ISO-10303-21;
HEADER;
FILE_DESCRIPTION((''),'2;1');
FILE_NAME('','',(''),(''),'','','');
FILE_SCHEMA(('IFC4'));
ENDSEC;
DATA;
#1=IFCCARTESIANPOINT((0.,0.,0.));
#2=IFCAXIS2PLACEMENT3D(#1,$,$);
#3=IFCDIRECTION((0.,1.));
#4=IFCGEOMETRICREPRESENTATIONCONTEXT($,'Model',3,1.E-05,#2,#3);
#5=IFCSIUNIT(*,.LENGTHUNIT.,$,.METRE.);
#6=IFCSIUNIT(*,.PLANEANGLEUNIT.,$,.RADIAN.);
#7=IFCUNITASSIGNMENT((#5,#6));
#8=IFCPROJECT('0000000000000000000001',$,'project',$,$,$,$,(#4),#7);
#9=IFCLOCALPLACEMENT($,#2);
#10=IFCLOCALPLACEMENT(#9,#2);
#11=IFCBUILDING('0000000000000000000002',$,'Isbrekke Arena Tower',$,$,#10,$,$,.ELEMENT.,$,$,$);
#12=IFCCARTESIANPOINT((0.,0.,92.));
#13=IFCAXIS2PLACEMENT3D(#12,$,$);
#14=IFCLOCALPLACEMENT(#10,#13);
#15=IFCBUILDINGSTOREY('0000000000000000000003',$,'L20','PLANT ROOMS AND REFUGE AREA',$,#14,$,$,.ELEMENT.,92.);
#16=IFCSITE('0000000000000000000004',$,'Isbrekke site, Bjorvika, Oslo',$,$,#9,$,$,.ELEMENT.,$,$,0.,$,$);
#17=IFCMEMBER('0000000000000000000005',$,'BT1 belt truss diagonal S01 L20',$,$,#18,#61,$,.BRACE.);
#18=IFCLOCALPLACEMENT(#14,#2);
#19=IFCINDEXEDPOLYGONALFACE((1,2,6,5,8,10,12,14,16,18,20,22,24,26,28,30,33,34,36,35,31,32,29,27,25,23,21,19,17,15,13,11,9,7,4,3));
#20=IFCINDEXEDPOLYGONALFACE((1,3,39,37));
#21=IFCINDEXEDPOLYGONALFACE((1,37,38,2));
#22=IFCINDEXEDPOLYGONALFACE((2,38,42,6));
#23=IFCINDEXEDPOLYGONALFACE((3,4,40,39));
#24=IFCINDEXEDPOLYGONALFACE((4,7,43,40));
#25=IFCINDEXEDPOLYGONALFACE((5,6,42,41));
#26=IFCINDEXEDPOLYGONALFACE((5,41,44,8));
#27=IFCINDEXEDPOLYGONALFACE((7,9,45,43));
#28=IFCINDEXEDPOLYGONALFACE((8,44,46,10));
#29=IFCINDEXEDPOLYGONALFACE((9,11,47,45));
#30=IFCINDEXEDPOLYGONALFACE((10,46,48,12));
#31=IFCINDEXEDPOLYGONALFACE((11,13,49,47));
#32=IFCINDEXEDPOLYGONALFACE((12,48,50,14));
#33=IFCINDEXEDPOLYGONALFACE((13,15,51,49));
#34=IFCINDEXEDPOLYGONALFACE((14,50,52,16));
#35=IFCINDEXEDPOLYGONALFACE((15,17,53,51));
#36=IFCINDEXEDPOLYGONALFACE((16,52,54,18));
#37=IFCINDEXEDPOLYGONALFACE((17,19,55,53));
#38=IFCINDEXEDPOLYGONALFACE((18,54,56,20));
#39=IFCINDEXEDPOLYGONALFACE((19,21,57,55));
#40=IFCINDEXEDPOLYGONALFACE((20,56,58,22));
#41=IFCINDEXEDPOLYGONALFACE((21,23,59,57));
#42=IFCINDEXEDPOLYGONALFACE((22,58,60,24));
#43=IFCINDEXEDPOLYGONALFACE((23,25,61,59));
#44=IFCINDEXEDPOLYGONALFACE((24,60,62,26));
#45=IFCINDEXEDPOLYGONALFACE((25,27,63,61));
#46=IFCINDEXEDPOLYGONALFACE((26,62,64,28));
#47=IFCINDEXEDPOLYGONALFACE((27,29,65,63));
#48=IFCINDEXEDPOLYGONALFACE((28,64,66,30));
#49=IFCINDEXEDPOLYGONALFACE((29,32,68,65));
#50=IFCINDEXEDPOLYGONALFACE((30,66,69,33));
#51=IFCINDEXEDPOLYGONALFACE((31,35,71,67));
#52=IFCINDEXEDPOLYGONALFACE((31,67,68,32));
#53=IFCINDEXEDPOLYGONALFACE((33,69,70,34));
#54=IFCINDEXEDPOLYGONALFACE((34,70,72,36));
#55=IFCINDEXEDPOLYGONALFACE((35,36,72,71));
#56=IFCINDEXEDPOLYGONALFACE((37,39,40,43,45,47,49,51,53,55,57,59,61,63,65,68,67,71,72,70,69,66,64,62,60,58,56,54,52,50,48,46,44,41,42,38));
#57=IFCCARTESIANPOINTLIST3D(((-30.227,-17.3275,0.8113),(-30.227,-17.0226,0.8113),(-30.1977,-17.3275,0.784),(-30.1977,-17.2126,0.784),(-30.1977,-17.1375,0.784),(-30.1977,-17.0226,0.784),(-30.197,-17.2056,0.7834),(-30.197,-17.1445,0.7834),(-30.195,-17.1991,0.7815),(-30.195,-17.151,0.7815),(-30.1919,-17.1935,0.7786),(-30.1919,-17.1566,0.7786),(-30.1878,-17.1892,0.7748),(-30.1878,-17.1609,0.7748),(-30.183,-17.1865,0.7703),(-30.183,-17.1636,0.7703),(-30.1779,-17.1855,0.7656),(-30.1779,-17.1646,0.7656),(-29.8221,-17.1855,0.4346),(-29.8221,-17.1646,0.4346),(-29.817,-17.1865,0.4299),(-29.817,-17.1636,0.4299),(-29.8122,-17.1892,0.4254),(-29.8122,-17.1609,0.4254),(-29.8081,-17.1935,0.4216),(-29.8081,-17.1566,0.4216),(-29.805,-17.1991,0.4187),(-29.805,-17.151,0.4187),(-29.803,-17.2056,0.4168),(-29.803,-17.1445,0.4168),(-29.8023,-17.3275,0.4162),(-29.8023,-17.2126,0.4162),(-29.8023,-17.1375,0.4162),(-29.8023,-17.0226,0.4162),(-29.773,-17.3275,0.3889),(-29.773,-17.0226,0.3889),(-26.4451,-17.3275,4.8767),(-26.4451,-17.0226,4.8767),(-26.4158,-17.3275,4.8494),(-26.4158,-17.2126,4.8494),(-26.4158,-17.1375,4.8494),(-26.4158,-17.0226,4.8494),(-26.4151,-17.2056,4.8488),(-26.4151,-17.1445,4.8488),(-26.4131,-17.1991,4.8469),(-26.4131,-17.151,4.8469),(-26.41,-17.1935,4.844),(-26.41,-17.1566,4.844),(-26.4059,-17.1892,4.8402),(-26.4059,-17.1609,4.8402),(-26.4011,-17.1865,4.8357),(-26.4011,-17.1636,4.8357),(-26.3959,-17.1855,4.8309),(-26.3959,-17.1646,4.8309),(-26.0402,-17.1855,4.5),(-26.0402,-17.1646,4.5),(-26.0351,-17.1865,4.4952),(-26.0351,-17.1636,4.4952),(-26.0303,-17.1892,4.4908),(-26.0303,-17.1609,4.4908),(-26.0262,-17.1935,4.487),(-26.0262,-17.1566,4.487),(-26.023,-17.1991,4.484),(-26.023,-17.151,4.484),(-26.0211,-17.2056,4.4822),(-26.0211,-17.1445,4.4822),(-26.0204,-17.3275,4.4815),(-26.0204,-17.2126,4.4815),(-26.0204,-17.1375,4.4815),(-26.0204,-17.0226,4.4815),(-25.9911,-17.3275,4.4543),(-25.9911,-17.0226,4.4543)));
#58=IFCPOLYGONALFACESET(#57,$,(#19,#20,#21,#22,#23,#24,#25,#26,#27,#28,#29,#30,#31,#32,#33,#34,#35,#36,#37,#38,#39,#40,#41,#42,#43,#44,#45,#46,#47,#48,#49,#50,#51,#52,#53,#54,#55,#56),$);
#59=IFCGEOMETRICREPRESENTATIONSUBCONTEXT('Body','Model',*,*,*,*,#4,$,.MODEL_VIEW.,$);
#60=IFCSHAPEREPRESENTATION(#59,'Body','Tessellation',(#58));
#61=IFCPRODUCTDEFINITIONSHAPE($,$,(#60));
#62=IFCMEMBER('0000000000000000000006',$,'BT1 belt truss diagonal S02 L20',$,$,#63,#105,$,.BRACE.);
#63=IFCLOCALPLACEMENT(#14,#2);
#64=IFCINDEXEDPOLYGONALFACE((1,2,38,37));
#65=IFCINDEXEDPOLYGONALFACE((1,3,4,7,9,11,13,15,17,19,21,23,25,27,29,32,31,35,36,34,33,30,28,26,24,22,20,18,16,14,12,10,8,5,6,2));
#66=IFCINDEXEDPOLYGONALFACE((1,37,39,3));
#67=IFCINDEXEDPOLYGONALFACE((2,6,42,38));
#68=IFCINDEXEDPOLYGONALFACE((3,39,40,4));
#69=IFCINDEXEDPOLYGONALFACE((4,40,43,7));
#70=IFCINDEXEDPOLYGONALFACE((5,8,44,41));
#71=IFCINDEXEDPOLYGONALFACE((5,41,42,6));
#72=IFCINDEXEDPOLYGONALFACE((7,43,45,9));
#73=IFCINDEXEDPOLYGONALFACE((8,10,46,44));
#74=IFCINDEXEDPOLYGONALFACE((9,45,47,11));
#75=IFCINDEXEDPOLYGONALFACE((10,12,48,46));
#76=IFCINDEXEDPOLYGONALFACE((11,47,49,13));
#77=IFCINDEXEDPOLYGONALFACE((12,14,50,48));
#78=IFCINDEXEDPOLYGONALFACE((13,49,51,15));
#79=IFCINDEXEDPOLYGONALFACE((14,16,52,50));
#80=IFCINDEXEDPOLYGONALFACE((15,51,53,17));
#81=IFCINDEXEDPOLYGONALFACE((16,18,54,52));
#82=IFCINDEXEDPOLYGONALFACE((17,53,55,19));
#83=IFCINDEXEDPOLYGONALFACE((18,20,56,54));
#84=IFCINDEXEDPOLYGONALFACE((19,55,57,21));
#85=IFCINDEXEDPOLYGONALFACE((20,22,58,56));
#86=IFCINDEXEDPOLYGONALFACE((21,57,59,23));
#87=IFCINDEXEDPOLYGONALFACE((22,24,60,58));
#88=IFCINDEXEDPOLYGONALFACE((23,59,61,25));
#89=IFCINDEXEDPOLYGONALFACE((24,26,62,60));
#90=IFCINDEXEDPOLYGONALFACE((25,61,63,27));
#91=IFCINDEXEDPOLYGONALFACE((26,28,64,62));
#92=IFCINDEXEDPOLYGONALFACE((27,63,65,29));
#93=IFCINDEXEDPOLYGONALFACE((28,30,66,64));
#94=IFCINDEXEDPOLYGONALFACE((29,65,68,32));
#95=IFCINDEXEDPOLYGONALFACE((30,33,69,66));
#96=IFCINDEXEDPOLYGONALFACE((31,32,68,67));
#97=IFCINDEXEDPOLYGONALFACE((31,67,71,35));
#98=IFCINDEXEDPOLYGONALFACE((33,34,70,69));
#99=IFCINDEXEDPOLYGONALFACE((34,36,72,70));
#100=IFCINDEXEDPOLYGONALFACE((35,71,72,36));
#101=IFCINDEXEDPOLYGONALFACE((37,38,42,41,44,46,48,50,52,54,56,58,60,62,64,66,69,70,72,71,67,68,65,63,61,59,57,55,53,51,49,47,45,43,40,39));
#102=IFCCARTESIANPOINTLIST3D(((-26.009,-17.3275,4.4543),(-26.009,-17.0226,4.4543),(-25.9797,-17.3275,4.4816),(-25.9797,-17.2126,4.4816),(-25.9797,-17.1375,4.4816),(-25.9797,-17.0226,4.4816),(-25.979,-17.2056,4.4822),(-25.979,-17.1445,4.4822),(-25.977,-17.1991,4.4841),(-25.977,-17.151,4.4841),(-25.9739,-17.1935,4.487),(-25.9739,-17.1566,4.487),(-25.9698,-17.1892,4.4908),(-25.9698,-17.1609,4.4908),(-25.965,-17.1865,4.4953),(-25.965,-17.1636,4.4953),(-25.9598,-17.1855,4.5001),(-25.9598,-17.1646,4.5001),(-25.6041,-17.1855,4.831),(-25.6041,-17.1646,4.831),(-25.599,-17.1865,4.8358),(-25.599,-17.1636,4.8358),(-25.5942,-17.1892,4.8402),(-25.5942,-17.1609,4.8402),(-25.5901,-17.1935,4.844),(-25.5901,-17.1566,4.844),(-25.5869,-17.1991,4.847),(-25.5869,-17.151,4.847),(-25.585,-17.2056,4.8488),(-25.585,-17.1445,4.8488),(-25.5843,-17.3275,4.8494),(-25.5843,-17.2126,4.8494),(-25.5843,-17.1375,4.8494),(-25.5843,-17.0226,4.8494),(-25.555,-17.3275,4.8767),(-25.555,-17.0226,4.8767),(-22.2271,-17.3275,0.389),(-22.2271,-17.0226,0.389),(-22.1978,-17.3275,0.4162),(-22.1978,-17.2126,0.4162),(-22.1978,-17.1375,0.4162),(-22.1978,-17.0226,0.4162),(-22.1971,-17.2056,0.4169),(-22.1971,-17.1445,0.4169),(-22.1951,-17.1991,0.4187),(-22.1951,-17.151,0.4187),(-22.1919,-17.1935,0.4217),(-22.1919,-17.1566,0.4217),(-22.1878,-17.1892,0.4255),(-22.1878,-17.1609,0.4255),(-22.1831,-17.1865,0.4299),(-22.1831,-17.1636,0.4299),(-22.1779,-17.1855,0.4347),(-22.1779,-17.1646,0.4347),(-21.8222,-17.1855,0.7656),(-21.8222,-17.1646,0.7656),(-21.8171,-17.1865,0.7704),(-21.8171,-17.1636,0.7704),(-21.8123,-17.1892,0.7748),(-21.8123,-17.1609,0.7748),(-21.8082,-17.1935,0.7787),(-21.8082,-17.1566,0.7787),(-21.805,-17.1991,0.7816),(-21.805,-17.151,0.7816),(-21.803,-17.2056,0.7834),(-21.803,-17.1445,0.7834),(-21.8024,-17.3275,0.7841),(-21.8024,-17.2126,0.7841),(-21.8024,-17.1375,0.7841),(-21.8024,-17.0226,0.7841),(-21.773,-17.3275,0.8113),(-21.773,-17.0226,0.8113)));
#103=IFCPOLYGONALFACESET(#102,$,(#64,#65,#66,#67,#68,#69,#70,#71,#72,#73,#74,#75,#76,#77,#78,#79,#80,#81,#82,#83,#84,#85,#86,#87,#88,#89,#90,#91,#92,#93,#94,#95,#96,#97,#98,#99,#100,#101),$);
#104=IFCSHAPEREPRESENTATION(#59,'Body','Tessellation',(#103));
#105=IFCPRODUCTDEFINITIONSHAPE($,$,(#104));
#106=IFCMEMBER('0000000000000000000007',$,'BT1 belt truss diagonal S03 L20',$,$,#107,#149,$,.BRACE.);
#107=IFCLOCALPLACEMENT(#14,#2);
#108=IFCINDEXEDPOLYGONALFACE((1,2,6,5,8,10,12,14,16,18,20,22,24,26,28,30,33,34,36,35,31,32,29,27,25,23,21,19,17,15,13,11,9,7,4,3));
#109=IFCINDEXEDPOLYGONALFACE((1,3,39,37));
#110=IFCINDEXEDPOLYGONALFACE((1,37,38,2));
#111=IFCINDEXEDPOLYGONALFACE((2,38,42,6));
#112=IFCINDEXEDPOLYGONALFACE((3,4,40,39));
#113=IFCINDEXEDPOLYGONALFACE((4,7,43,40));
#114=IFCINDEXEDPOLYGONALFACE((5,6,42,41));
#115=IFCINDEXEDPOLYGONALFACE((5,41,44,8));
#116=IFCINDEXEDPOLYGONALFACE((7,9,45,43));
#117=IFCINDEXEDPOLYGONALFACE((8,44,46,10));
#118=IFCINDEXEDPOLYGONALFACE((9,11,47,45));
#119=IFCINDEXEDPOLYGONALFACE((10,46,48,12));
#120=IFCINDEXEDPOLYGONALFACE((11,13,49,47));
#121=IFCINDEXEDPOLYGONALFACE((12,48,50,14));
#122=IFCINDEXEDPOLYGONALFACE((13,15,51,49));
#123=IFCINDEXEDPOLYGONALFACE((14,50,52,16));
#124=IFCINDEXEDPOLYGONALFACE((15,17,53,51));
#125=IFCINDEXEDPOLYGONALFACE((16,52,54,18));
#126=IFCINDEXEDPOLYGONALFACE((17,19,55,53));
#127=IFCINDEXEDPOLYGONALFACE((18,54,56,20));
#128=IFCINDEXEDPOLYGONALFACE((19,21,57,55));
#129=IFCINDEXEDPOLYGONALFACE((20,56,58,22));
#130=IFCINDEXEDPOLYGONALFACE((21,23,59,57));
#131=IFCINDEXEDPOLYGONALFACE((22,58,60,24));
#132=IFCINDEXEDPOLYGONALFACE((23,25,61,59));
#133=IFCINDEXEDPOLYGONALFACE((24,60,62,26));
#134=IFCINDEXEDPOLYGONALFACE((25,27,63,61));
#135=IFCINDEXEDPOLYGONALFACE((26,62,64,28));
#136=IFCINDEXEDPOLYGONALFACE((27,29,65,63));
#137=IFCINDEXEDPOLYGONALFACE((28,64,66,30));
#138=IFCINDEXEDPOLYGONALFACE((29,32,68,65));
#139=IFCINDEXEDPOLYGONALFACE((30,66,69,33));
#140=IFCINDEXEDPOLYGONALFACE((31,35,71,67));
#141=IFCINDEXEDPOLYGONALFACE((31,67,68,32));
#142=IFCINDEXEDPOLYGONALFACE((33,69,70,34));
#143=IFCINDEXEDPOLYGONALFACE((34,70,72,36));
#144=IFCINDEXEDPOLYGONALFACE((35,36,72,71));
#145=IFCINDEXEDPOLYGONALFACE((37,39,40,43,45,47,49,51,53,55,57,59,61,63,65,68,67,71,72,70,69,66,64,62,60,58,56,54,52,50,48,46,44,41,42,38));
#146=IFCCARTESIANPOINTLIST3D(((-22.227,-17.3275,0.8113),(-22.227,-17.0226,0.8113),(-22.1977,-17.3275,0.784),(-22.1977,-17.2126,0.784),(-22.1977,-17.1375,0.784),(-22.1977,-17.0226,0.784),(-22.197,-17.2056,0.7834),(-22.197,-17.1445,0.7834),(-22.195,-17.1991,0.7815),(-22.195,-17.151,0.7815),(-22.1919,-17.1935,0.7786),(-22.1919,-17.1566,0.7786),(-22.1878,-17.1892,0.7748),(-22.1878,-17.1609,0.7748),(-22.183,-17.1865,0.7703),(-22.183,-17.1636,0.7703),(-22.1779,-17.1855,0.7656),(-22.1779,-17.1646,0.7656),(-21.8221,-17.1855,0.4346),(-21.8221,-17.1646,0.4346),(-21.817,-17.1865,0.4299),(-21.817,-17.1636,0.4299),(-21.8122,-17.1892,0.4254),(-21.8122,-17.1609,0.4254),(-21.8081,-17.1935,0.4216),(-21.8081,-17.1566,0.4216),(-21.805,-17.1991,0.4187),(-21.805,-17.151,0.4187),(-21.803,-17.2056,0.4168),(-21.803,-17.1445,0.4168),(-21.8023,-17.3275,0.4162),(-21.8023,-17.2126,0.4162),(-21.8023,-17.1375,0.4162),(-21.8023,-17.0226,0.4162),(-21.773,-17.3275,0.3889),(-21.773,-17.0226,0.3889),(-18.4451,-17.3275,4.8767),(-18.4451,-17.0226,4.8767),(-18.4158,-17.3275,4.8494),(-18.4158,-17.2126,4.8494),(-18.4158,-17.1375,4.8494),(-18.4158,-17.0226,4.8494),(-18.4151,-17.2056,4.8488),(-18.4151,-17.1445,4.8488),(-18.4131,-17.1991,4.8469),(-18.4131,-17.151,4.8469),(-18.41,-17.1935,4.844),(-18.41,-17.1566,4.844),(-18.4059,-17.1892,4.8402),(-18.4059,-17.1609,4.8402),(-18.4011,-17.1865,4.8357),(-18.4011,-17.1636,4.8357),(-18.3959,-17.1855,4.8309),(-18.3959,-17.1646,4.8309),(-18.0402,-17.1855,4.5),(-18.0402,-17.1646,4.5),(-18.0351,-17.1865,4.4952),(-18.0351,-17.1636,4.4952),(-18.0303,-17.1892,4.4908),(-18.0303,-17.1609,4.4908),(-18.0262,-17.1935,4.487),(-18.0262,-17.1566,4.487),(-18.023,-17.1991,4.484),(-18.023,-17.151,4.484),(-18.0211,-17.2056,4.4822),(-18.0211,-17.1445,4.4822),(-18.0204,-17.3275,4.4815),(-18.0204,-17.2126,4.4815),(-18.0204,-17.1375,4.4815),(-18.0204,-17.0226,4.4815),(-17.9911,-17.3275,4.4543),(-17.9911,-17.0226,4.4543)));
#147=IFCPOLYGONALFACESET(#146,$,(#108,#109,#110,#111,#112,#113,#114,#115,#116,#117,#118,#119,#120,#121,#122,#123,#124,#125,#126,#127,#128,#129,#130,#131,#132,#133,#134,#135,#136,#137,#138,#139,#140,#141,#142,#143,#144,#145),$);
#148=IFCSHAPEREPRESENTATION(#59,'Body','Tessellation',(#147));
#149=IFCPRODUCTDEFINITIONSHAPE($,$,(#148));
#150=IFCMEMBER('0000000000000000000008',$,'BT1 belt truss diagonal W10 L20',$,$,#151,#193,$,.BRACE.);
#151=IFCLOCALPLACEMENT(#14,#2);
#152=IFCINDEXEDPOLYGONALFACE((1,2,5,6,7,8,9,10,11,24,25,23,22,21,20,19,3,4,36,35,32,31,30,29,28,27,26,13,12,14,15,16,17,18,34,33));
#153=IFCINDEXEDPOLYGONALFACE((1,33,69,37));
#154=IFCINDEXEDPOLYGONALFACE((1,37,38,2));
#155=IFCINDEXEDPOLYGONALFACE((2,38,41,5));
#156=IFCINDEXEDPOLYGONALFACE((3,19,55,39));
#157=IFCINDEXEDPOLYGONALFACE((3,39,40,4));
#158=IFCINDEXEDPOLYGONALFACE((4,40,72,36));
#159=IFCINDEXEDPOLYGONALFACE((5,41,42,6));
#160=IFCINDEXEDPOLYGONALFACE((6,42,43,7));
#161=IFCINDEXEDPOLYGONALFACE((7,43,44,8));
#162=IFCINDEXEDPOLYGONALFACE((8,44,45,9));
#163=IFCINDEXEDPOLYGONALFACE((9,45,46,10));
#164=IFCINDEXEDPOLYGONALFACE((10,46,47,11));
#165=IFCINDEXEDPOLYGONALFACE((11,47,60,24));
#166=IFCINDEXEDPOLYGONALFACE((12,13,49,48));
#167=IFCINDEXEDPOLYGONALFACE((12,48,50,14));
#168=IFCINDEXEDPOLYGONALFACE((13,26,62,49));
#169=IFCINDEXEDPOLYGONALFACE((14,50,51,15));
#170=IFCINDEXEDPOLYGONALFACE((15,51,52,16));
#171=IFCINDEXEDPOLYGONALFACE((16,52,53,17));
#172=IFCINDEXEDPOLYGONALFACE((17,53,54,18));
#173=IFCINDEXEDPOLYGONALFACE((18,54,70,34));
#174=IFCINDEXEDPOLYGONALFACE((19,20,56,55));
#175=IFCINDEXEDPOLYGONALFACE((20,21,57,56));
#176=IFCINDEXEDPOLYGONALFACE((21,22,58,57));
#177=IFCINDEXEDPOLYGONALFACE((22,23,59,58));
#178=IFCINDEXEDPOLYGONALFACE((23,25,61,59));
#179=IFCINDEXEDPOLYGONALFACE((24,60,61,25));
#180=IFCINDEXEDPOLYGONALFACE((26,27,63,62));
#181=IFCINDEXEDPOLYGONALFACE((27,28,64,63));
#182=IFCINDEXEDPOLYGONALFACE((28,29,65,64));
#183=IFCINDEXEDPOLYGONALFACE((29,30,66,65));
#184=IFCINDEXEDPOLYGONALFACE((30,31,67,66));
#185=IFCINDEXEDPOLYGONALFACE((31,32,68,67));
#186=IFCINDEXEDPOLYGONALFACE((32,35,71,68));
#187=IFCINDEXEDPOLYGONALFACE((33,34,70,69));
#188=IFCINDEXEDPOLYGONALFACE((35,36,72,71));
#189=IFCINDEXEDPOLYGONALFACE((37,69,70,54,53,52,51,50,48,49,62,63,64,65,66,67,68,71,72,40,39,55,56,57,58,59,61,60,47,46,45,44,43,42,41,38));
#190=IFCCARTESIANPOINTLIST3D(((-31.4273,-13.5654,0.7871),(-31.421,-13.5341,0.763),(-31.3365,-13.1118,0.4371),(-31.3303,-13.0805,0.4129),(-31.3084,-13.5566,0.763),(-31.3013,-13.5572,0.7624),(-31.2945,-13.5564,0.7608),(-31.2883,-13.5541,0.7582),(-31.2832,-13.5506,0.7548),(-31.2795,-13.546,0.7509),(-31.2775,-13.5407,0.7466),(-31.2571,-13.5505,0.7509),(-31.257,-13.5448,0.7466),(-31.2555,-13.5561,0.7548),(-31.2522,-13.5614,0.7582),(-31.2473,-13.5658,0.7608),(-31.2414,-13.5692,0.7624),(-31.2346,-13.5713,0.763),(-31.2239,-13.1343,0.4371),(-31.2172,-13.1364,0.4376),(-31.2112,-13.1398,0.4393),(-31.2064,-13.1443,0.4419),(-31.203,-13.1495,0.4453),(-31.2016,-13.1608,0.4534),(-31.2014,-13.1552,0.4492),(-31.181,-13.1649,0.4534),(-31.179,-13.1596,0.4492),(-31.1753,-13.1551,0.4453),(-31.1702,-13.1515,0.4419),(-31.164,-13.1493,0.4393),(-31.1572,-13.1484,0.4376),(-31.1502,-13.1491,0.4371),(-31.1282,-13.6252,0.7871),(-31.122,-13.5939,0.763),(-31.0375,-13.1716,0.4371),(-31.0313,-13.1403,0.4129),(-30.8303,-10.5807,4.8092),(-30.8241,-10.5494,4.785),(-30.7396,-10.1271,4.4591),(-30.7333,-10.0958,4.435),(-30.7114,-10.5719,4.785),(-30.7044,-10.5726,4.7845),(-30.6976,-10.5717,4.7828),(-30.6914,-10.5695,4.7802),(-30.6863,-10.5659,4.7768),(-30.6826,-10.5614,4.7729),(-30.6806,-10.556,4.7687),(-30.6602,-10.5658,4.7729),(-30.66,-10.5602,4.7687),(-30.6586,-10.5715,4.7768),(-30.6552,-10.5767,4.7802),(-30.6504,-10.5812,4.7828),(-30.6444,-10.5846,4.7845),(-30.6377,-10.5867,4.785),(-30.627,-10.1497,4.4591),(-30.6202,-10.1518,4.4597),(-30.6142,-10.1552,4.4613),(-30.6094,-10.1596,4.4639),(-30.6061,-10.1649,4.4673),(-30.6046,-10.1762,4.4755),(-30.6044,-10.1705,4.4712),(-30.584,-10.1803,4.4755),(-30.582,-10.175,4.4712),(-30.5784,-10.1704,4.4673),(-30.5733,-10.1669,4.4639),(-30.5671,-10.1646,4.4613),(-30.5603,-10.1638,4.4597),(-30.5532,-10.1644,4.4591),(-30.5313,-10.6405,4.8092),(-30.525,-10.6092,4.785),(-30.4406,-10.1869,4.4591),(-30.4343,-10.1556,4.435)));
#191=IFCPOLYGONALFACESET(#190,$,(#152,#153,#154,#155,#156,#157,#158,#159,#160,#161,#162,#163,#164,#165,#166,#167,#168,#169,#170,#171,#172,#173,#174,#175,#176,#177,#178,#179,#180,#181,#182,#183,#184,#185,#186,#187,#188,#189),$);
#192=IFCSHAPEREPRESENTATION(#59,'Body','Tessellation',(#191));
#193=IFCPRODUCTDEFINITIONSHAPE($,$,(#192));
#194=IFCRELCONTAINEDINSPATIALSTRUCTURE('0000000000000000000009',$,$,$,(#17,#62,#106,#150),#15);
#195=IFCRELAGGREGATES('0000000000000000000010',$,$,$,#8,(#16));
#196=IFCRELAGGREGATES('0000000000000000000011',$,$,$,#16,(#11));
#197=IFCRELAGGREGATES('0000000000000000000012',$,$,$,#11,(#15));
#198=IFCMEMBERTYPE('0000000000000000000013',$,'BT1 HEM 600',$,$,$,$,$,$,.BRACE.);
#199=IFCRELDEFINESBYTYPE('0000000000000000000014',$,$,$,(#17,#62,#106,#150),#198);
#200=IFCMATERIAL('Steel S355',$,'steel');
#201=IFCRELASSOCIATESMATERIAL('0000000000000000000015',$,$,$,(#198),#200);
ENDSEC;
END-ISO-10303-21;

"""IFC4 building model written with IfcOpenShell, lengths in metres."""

from ifc_helpers import new_model, si_unit, direction, frame, origin, origin_2d, place, context, subcontext, project, spatial, i_section, extrude, material, material_profile, profile_set, type_object, element, save


model = new_model("IFC4")

# Units and contexts
model_context = context("Model", 3, precision=1e-05, world=origin(), true_north=direction((0.0, 1.0)))
body_context = subcontext(model_context, "Body", "Model", "MODEL_VIEW")
ifc_project = project(units=[si_unit("LENGTHUNIT", "METRE"), si_unit("PLANEANGLEUNIT", "RADIAN")], contexts=[model_context])

# Site, building, storey
site_placement = place(None, origin())
site = spatial("IfcSite", under=ifc_project, at=site_placement, Name="Isbrekke site, Bjorvika, Oslo", CompositionType="ELEMENT", RefElevation=0.0)
building_placement = place(site_placement, origin())
building = spatial("IfcBuilding", under=site, at=building_placement, Name="Isbrekke Arena Tower", CompositionType="ELEMENT")
storey_placement = place(building_placement, frame((0.0, 0.0, 92.0)))
storey = spatial("IfcBuildingStorey", under=building, at=storey_placement, Name="L20", Description="PLANT ROOMS AND REFUGE AREA", CompositionType="ELEMENT", Elevation=92.0)

# Members
ifc_material_1 = material(Name="Steel S355", Category="steel")
ifc_material_profile_1 = material_profile(ifc_material_1, i_section(OverallWidth=0.3049, OverallDepth=0.6201, WebThickness=0.021, FlangeThickness=0.04, FilletRadius=0.0271, at=origin_2d()), Name="HEM 600")
ifc_profile_set_1 = profile_set([ifc_material_profile_1], Name="Steel S355")
member_type_1 = type_object("IfcMemberType", Name="BT1 HEM 600", PredefinedType="BRACE", material=ifc_profile_set_1)
for number, where, z_axis, x_axis, name in (
    (1, (-30.0, -17.175, 0.6001), (0.681122, 0.0, 0.73217), (0.0, 1.0, 0.0), "BT1 belt truss diagonal S01 L20"),
    (2, (-25.782, -17.175, 4.6655), (0.681122, 0.0, -0.73217), (0.0, 1.0, 0.0), "BT1 belt truss diagonal S02 L20"),
    (3, (-22.0, -17.175, 0.6001), (0.681122, 0.0, 0.73217), (0.0, 1.0, 0.0), "BT1 belt truss diagonal S03 L20"),
):
    element("IfcMember", number, at=place(storey_placement, frame(where, z_axis=z_axis, x_axis=x_axis)), inside=storey, type_object=member_type_1, Name=name, PredefinedType="BRACE", context=body_context, shape_type="SweptSolid", body=[
        extrude(i_section(OverallWidth=0.3049, OverallDepth=0.6201, WebThickness=0.021, FlangeThickness=0.04, FilletRadius=0.0271, at=origin_2d()), origin(), (0.0, 0.0, 1.0), 5.5525),
    ])
member_1_placement = place(storey_placement, frame((-30.6323, -10.3682, 4.6221), z_axis=(-0.118347, -0.591733, -0.7974), x_axis=(0.980581, -0.196116, 0.0)))
element("IfcMember", 4, at=member_1_placement, inside=storey, type_object=member_type_1, Name="BT1 belt truss diagonal W10 L20", PredefinedType="BRACE", context=body_context, shape_type="SweptSolid", body=[
    extrude(i_section(OverallWidth=0.3049, OverallDepth=0.6201, WebThickness=0.021, FlangeThickness=0.04, FilletRadius=0.0271, at=origin_2d()), origin(), (0.0, 0.0, 1.0), 5.0439),
])

save(model, "model.ifc")
